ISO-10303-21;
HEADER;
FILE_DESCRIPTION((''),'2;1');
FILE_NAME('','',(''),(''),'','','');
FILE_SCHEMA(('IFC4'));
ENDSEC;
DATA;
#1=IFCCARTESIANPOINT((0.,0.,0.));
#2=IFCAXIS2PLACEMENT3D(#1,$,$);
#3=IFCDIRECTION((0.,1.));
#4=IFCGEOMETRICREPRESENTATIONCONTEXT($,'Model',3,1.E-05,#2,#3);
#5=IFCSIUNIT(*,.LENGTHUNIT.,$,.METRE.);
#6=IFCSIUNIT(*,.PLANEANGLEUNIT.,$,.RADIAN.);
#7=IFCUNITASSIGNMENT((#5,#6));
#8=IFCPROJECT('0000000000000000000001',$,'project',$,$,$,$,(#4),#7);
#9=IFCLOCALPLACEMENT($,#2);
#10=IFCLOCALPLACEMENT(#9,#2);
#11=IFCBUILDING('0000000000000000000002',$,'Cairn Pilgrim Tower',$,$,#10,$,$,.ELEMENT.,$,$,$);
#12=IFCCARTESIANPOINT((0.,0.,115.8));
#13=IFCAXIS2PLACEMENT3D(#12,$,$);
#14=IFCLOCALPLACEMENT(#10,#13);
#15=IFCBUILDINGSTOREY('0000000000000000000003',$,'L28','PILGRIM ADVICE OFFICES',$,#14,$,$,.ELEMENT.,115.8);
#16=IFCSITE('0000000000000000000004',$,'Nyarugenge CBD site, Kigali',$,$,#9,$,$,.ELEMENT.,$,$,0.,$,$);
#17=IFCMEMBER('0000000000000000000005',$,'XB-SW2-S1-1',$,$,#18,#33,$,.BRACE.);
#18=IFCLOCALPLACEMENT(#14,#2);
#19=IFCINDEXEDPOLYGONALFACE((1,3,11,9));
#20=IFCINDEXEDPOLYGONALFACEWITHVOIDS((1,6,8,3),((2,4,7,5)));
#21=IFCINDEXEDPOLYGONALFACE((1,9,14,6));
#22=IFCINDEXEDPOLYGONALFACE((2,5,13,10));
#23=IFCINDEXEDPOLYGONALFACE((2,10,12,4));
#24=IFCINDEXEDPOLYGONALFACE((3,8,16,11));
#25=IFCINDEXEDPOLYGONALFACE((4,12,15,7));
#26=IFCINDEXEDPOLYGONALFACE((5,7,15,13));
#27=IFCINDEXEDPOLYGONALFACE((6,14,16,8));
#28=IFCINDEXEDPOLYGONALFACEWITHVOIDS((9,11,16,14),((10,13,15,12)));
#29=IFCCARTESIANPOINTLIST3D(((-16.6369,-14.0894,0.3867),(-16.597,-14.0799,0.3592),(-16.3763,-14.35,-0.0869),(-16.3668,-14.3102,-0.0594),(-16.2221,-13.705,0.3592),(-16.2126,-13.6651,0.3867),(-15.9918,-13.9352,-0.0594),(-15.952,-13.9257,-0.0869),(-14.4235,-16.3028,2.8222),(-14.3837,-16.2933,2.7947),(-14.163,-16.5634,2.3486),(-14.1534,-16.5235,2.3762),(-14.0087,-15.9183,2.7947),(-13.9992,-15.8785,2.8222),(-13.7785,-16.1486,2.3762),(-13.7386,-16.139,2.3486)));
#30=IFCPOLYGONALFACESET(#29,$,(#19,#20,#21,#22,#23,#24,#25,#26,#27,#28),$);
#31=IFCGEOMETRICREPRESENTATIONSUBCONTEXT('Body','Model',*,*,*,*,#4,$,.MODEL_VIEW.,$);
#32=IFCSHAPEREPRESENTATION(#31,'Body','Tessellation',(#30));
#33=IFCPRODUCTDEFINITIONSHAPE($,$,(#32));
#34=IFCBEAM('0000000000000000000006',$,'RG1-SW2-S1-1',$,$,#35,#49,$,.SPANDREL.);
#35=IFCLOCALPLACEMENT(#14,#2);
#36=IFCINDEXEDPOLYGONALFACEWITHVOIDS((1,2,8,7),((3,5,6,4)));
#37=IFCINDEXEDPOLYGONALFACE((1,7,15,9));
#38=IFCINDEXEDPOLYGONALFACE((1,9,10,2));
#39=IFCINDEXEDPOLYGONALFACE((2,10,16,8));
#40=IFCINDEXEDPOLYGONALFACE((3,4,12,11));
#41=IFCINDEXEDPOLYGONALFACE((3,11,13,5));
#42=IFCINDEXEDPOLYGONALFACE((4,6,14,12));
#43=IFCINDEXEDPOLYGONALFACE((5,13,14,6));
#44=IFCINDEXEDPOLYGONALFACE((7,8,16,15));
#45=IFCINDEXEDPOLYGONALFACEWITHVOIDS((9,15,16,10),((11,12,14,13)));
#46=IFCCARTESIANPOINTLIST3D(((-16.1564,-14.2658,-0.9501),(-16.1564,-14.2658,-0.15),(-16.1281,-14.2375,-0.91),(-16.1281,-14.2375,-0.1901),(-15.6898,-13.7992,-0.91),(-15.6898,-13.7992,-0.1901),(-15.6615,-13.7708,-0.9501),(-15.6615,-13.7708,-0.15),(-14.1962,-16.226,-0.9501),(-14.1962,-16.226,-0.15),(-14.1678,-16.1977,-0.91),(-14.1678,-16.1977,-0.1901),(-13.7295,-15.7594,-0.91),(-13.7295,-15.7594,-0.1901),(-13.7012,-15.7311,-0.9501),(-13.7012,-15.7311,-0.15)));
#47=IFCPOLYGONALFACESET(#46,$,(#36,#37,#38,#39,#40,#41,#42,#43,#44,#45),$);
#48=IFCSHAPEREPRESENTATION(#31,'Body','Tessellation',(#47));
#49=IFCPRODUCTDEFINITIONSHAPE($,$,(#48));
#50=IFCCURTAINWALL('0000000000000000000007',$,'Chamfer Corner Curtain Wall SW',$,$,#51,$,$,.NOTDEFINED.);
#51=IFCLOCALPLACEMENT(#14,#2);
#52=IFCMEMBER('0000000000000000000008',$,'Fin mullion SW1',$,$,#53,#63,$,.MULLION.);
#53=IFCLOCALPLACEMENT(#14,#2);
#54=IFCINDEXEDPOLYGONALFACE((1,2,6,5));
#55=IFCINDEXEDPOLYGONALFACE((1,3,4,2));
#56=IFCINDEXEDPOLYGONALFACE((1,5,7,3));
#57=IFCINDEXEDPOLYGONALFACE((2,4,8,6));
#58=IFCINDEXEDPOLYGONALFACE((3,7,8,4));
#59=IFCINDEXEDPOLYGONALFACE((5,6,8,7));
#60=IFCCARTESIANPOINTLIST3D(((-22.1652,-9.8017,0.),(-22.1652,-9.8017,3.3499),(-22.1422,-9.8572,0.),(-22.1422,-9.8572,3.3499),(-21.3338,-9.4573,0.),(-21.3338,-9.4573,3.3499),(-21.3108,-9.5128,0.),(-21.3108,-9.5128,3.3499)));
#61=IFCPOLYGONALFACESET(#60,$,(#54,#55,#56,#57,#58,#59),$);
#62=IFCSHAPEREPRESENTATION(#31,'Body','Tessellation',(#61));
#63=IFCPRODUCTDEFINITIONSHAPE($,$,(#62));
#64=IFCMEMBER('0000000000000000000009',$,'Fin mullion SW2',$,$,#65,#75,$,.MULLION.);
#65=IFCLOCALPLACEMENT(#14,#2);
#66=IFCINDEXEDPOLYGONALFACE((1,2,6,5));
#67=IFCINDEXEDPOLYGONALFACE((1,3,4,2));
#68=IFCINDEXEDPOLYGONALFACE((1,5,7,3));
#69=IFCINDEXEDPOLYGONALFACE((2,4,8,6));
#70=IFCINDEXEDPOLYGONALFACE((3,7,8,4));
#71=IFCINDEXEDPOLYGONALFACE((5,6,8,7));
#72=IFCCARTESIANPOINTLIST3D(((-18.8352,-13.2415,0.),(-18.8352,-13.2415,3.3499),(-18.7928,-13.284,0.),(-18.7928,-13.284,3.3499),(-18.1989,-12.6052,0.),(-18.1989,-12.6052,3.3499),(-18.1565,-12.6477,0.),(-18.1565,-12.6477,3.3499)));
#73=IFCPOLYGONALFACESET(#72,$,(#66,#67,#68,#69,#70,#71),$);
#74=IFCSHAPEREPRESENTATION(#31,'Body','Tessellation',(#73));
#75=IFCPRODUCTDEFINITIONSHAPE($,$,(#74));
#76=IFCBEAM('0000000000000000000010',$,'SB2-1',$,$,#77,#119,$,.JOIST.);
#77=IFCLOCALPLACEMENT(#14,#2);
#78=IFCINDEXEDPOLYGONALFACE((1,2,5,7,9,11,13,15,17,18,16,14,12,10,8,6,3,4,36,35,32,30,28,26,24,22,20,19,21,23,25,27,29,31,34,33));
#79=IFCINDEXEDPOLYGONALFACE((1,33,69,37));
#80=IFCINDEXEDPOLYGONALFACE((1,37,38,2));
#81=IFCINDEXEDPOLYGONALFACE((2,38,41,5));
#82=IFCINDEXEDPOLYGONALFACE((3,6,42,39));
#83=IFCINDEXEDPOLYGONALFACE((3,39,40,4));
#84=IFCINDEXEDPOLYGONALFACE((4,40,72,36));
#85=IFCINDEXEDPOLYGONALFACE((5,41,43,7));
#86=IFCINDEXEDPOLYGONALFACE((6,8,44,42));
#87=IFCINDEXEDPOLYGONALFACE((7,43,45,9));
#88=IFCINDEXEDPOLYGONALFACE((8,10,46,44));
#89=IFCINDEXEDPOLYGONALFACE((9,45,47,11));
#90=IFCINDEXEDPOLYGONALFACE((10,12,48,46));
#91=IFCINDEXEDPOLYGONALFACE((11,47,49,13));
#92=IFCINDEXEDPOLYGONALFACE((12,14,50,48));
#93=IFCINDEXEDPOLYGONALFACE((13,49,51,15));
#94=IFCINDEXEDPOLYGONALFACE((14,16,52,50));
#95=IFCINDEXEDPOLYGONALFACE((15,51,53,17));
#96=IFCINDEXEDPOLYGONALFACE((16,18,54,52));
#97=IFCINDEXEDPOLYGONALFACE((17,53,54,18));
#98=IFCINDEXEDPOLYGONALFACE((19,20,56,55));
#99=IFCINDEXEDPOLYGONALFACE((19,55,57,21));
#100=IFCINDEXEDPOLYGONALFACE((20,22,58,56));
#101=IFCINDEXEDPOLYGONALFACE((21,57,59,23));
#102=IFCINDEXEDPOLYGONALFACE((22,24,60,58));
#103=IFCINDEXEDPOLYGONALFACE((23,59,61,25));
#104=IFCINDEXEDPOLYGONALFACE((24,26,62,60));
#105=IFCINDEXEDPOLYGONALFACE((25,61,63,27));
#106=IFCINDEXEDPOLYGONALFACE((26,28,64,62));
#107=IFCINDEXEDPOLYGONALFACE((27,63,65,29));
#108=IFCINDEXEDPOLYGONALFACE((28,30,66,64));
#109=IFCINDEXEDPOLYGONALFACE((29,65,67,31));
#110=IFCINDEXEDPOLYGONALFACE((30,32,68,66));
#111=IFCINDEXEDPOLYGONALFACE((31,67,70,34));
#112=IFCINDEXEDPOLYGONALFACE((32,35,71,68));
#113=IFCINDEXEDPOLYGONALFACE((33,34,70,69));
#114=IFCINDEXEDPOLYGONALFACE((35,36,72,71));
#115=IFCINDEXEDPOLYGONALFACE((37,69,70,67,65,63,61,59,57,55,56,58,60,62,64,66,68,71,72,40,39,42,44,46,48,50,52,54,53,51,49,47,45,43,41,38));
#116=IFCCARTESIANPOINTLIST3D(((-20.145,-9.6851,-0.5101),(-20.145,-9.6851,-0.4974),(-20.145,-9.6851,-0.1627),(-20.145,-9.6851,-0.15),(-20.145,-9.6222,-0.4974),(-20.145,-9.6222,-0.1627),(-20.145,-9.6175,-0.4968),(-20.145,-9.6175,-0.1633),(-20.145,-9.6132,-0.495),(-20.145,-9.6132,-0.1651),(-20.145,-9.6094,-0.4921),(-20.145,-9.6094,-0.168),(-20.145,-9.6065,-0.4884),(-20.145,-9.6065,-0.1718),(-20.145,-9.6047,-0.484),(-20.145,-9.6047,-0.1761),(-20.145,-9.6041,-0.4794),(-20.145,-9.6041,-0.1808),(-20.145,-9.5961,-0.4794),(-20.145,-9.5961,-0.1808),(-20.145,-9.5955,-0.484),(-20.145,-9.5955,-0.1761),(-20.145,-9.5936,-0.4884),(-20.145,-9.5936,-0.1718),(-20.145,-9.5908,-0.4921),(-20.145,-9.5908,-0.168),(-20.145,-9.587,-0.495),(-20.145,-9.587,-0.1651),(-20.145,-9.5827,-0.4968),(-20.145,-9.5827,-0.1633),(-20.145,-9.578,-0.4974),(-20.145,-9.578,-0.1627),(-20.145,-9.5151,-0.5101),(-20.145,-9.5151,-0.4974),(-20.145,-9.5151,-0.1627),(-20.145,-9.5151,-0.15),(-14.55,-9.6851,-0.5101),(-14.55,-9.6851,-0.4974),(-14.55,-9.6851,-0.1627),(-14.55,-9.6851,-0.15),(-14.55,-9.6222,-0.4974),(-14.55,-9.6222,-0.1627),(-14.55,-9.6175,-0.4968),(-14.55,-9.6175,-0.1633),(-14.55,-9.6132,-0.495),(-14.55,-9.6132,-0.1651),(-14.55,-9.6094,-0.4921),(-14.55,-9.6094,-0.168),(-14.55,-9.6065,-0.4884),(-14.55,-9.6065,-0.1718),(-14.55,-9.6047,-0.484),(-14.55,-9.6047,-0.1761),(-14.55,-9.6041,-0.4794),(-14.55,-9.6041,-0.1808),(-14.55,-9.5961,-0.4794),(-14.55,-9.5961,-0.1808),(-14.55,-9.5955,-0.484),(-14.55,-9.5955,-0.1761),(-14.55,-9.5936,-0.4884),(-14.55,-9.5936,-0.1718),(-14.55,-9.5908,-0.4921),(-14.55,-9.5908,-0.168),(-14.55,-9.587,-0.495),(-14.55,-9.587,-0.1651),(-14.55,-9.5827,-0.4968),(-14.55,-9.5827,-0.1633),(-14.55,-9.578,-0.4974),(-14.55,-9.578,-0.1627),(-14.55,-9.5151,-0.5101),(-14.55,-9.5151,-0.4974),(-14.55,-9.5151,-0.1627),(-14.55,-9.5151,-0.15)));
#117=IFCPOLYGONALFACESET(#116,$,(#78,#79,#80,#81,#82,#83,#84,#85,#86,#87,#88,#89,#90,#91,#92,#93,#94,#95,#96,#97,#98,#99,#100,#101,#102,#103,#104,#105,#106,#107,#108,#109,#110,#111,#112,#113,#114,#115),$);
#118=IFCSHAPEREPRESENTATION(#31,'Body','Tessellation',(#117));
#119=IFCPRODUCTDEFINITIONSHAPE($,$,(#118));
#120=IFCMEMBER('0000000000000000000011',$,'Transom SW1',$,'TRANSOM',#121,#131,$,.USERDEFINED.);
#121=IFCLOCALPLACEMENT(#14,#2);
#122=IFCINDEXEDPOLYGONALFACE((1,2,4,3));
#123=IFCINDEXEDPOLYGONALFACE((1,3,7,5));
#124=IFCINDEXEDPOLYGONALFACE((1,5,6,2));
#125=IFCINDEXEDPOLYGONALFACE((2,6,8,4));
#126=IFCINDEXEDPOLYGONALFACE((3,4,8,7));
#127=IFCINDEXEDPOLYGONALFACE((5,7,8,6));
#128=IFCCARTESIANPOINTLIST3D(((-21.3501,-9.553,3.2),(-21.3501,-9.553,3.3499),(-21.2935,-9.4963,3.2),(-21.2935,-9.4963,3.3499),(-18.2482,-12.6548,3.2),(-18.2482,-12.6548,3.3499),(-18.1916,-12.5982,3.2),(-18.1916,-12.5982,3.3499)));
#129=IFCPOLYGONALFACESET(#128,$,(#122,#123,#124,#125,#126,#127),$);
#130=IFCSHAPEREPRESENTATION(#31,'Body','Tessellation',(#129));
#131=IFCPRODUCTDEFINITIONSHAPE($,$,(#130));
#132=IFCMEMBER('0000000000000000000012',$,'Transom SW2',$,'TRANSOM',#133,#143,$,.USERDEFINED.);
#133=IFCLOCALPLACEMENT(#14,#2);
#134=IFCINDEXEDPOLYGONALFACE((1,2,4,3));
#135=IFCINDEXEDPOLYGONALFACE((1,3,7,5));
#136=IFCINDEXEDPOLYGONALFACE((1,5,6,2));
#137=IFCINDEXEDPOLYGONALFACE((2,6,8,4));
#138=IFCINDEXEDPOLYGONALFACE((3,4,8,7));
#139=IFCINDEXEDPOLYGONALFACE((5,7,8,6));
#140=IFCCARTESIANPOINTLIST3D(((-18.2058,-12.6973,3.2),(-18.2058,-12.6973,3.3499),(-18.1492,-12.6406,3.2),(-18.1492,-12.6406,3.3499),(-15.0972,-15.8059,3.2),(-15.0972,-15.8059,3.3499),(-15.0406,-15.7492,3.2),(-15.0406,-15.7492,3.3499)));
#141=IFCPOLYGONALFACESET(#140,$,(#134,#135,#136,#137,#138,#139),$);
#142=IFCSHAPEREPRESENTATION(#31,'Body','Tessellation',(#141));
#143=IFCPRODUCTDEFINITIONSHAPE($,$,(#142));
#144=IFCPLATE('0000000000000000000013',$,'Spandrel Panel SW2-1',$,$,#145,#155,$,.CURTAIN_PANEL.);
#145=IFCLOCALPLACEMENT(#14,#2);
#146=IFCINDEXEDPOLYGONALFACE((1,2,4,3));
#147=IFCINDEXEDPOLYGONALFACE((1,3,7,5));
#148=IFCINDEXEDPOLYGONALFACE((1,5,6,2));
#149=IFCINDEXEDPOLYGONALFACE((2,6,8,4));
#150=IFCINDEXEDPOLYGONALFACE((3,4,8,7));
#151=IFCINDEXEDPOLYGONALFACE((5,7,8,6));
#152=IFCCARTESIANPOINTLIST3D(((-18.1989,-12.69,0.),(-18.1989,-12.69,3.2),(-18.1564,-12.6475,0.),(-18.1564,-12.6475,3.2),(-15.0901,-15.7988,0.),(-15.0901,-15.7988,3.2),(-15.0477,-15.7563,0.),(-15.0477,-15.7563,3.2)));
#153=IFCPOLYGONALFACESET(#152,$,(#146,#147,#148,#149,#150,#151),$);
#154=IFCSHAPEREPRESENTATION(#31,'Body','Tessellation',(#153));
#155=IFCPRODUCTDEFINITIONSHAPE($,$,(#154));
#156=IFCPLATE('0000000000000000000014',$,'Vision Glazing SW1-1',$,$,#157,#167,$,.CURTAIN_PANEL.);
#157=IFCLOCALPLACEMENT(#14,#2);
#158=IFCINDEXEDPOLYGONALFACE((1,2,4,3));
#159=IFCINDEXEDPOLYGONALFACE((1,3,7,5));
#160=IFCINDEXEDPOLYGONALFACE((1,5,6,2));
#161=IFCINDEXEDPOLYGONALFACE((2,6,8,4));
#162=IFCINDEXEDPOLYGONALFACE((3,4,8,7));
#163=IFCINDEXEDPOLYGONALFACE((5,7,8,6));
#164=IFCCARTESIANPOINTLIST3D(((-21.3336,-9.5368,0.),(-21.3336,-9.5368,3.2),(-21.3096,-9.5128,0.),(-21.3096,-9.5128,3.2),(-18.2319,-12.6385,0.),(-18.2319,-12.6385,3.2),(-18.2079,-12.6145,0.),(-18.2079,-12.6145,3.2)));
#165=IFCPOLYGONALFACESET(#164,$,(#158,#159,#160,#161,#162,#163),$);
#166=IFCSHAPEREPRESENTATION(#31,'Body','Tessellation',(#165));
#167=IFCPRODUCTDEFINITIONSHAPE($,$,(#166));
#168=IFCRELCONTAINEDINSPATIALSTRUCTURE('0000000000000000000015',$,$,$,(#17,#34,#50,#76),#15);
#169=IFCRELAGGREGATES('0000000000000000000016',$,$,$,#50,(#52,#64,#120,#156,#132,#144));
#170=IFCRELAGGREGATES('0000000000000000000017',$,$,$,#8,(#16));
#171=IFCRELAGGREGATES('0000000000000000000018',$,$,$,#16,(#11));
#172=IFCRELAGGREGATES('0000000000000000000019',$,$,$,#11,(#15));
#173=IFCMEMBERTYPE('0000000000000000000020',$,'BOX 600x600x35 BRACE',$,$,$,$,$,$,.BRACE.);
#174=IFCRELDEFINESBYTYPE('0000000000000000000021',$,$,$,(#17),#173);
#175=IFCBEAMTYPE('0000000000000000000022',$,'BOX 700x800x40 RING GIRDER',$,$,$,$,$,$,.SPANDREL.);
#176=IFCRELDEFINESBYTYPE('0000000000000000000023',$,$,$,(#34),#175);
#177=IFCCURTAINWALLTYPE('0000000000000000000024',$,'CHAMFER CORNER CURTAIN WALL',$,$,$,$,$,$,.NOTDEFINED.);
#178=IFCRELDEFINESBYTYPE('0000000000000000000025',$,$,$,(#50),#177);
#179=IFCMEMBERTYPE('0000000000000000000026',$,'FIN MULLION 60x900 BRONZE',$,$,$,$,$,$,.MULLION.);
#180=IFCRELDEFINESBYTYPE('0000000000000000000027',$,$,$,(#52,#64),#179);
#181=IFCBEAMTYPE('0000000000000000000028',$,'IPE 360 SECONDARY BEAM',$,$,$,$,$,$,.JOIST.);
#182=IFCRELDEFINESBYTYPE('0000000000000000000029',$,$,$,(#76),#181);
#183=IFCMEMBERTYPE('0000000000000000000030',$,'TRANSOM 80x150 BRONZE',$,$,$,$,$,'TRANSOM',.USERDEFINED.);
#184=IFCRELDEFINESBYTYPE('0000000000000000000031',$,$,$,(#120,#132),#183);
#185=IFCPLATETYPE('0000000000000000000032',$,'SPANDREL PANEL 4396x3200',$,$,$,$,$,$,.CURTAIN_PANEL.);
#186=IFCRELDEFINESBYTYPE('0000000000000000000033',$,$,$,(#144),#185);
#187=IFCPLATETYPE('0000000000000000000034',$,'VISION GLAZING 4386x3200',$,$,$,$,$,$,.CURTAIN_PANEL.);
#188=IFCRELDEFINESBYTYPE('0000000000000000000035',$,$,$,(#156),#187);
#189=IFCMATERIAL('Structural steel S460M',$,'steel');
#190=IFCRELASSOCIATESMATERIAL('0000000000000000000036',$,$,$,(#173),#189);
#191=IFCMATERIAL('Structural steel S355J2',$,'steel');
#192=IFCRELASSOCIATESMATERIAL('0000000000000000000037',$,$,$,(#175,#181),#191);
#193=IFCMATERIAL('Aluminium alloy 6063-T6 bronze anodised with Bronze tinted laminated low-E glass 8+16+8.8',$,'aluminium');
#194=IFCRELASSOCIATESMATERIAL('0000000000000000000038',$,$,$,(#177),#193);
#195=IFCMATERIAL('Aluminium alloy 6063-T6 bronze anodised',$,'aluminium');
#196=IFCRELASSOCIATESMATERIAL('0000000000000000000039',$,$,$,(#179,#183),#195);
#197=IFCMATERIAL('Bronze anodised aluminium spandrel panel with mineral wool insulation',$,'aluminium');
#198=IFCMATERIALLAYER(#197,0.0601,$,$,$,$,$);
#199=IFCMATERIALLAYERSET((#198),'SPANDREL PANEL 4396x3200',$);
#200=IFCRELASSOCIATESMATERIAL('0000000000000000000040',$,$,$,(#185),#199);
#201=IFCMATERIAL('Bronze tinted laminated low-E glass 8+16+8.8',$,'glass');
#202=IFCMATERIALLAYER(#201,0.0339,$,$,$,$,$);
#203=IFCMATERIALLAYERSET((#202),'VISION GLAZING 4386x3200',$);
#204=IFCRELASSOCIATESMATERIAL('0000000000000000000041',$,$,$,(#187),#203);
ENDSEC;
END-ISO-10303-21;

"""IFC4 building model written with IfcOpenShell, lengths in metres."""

from ifc_helpers import new_model, si_unit, direction, frame, origin, origin_2d, place, context, subcontext, project, spatial, rectangle, hollow_rectangle, i_section, extrude, material, layer, layer_set, material_profile, profile_set, type_object, element, aggregate, save


model = new_model("IFC4")

# Units and contexts
model_context = context("Model", 3, precision=1e-05, world=origin(), true_north=direction((0.0, 1.0)))
body_context = subcontext(model_context, "Body", "Model", "MODEL_VIEW")
ifc_project = project(units=[si_unit("LENGTHUNIT", "METRE"), si_unit("PLANEANGLEUNIT", "RADIAN")], contexts=[model_context])

# Site, building, storey
site_placement = place(None, origin())
site = spatial("IfcSite", under=ifc_project, at=site_placement, Name="Nyarugenge CBD site, Kigali", CompositionType="ELEMENT", RefElevation=0.0)
building_placement = place(site_placement, origin())
building = spatial("IfcBuilding", under=site, at=building_placement, Name="Cairn Pilgrim Tower", CompositionType="ELEMENT")
storey_placement = place(building_placement, frame((0.0, 0.0, 115.8)))
storey = spatial("IfcBuildingStorey", under=building, at=storey_placement, Name="L28", Description="PILGRIM ADVICE OFFICES", CompositionType="ELEMENT", Elevation=115.8)

# Shared definitions
ifc_material_1 = material(Name="Structural steel S460M", Category="steel")

# Member
ifc_material_profile_1 = material_profile(ifc_material_1, hollow_rectangle(XDim=0.6001, YDim=0.6001, WallThickness=0.0349, at=origin_2d()), Name="BOX 600x600x35")
ifc_profile_set_1 = profile_set([ifc_material_profile_1], Name="Structural steel S460M")
member_type_1 = type_object("IfcMemberType", Name="BOX 600x600x35 BRACE", PredefinedType="BRACE", material=ifc_profile_set_1)
member_1_placement = place(storey_placement, frame((-16.2944, -14.0076, 0.1499), z_axis=(0.558074, -0.558074, 0.614091), x_axis=(0.707107, 0.707107, 0.0)))
element("IfcMember", 1, at=member_1_placement, inside=storey, type_object=member_type_1, Name="XB-SW2-S1-1", PredefinedType="BRACE", context=body_context, shape_type="SweptSolid", body=[
    extrude(hollow_rectangle(XDim=0.6001, YDim=0.6001, WallThickness=0.0349, at=origin_2d()), origin(), (0.0, 0.0, 1.0), 3.9661),
])

# Beam
ifc_material_2 = material(Name="Structural steel S355J2", Category="steel")
ifc_material_profile_2 = material_profile(ifc_material_2, hollow_rectangle(XDim=0.7, YDim=0.8, WallThickness=0.04, at=origin_2d()), Name="BOX 700x800x40")
ifc_profile_set_2 = profile_set([ifc_material_profile_2], Name="Structural steel S355J2")
beam_type_1 = type_object("IfcBeamType", Name="BOX 700x800x40 RING GIRDER", PredefinedType="SPANDREL", material=ifc_profile_set_2)
beam_1_placement = place(storey_placement, frame((-15.9089, -14.0183, -0.55), z_axis=(0.707107, -0.707107, 0.0), x_axis=(0.707107, 0.707107, 0.0)))
element("IfcBeam", 2, at=beam_1_placement, inside=storey, type_object=beam_type_1, Name="RG1-SW2-S1-1", PredefinedType="SPANDREL", context=body_context, shape_type="SweptSolid", body=[
    extrude(hollow_rectangle(XDim=0.7, YDim=0.8, WallThickness=0.04, at=origin_2d()), origin(), (0.0, 0.0, 1.0), 2.7722),
])

# Curtain wall, members
ifc_material_3 = material(Name="Aluminium alloy 6063-T6 bronze anodised with Bronze tinted laminated low-E glass 8+16+8.8", Category="aluminium")
curtain_wall_type = type_object("IfcCurtainWallType", Name="CHAMFER CORNER CURTAIN WALL", PredefinedType="NOTDEFINED", material=ifc_material_3)
curtain_wall_placement = place(storey_placement, origin())
curtain_wall = element("IfcCurtainWall", 3, at=curtain_wall_placement, inside=storey, type_object=curtain_wall_type, Name="Chamfer Corner Curtain Wall SW", PredefinedType="NOTDEFINED")
ifc_material_4 = material(Name="Aluminium alloy 6063-T6 bronze anodised", Category="aluminium")
ifc_material_profile_3 = material_profile(ifc_material_4, rectangle(XDim=0.8999, YDim=0.0601, at=origin_2d()), Name="FIN MULLION 60x900 BRONZE")
ifc_profile_set_3 = profile_set([ifc_material_profile_3], Name="Aluminium alloy 6063-T6 bronze anodised")
member_type_2 = type_object("IfcMemberType", Name="FIN MULLION 60x900 BRONZE", PredefinedType="MULLION", material=ifc_profile_set_3)
member_2_placement = place(storey_placement, frame((-21.738, -9.6572, 0.0), z_axis=(0.0, 0.0, 1.0), x_axis=(-0.92388, -0.382683, 0.0)))
member_2 = element("IfcMember", 4, at=member_2_placement, type_object=member_type_2, Name="Fin mullion SW1", PredefinedType="MULLION", context=body_context, shape_type="SweptSolid", body=[
    extrude(rectangle(XDim=0.8999, YDim=0.0601, at=origin_2d()), origin(), (0.0, 0.0, 1.0), 3.3499),
])
member_3_placement = place(storey_placement, frame((-18.4958, -12.9446, 0.0), z_axis=(0.0, 0.0, 1.0), x_axis=(-0.707107, -0.707107, 0.0)))
member_3 = element("IfcMember", 5, at=member_3_placement, type_object=member_type_2, Name="Fin mullion SW2", PredefinedType="MULLION", context=body_context, shape_type="SweptSolid", body=[
    extrude(rectangle(XDim=0.8999, YDim=0.0601, at=origin_2d()), origin(), (0.0, 0.0, 1.0), 3.3499),
])

# Beam
ifc_material_profile_4 = material_profile(ifc_material_2, i_section(OverallWidth=0.1699, OverallDepth=0.3601, WebThickness=0.0081, FlangeThickness=0.0127, FilletRadius=0.0181, at=origin_2d()), Name="IPE 360")
ifc_profile_set_4 = profile_set([ifc_material_profile_4], Name="Structural steel S355J2")
beam_type_2 = type_object("IfcBeamType", Name="IPE 360 SECONDARY BEAM", PredefinedType="JOIST", material=ifc_profile_set_4)
beam_2_placement = place(storey_placement, frame((-20.145, -9.6001, -0.3301), z_axis=(1.0, 0.0, 0.0), x_axis=(0.0, 1.0, 0.0)))
element("IfcBeam", 6, at=beam_2_placement, inside=storey, type_object=beam_type_2, Name="SB2-1", PredefinedType="JOIST", context=body_context, shape_type="SweptSolid", body=[
    extrude(i_section(OverallWidth=0.1699, OverallDepth=0.3601, WebThickness=0.0081, FlangeThickness=0.0127, FilletRadius=0.0181, at=origin_2d()), origin(), (0.0, 0.0, 1.0), 5.595),
])

# Members
ifc_material_profile_5 = material_profile(ifc_material_4, rectangle(XDim=0.0801, YDim=0.1499, at=origin_2d()), Name="TRANSOM 80x150 BRONZE")
ifc_profile_set_5 = profile_set([ifc_material_profile_5], Name="Aluminium alloy 6063-T6 bronze anodised")
member_type_3 = type_object("IfcMemberType", Name="TRANSOM 80x150 BRONZE", ElementType="TRANSOM", PredefinedType="USERDEFINED", material=ifc_profile_set_5)
member_4_placement = place(storey_placement, frame((-21.3218, -9.5247, 3.2749), z_axis=(0.707107, -0.707107, 0.0), x_axis=(0.707107, 0.707107, 0.0)))
member_4 = element("IfcMember", 7, at=member_4_placement, type_object=member_type_3, Name="Transom SW1", ObjectType="TRANSOM", PredefinedType="USERDEFINED", context=body_context, shape_type="SweptSolid", body=[
    extrude(rectangle(XDim=0.0801, YDim=0.1499, at=origin_2d()), origin(), (0.0, 0.0, 1.0), 4.3867),
])
member_5_placement = place(storey_placement, frame((-18.1775, -12.6689, 3.2749), z_axis=(0.707107, -0.707107, 0.0), x_axis=(0.707107, 0.707107, 0.0)))
member_5 = element("IfcMember", 8, at=member_5_placement, type_object=member_type_3, Name="Transom SW2", ObjectType="TRANSOM", PredefinedType="USERDEFINED", context=body_context, shape_type="SweptSolid", body=[
    extrude(rectangle(XDim=0.0801, YDim=0.1499, at=origin_2d()), origin(), (0.0, 0.0, 1.0), 4.3962),
])

# Plates
ifc_material_5 = material(Name="Bronze anodised aluminium spandrel panel with mineral wool insulation", Category="aluminium")
ifc_layer_1 = layer(ifc_material_5, 0.0601)
ifc_layer_set_1 = layer_set([ifc_layer_1], Name="SPANDREL PANEL 4396x3200")
plate_type_1 = type_object("IfcPlateType", Name="SPANDREL PANEL 4396x3200", PredefinedType="CURTAIN_PANEL", material=ifc_layer_set_1)
plate_1_placement = place(storey_placement, frame((-16.6233, -14.2231, 0.0), z_axis=(0.0, 0.0, 1.0), x_axis=(0.707107, -0.707107, 0.0)))
plate_1 = element("IfcPlate", 9, at=plate_1_placement, type_object=plate_type_1, Name="Spandrel Panel SW2-1", PredefinedType="CURTAIN_PANEL", context=body_context, shape_type="SweptSolid", body=[
    extrude(rectangle(XDim=4.3965, YDim=0.0601, at=origin_2d()), origin(), (0.0, 0.0, 1.0), 3.2),
])
ifc_material_6 = material(Name="Bronze tinted laminated low-E glass 8+16+8.8", Category="glass")
ifc_layer_2 = layer(ifc_material_6, 0.0339)
ifc_layer_set_2 = layer_set([ifc_layer_2], Name="VISION GLAZING 4386x3200")
plate_type_2 = type_object("IfcPlateType", Name="VISION GLAZING 4386x3200", PredefinedType="CURTAIN_PANEL", material=ifc_layer_set_2)
plate_2_placement = place(storey_placement, frame((-19.7708, -11.0757, 0.0), z_axis=(0.0, 0.0, 1.0), x_axis=(0.707107, -0.707107, 0.0)))
plate_2 = element("IfcPlate", 10, at=plate_2_placement, type_object=plate_type_2, Name="Vision Glazing SW1-1", PredefinedType="CURTAIN_PANEL", context=body_context, shape_type="SweptSolid", body=[
    extrude(rectangle(XDim=4.3865, YDim=0.0339, at=origin_2d()), origin(), (0.0, 0.0, 1.0), 3.2),
])
aggregate(curtain_wall, [member_2, member_3, member_4, plate_2, member_5, plate_1])

save(model, "model.ifc")
